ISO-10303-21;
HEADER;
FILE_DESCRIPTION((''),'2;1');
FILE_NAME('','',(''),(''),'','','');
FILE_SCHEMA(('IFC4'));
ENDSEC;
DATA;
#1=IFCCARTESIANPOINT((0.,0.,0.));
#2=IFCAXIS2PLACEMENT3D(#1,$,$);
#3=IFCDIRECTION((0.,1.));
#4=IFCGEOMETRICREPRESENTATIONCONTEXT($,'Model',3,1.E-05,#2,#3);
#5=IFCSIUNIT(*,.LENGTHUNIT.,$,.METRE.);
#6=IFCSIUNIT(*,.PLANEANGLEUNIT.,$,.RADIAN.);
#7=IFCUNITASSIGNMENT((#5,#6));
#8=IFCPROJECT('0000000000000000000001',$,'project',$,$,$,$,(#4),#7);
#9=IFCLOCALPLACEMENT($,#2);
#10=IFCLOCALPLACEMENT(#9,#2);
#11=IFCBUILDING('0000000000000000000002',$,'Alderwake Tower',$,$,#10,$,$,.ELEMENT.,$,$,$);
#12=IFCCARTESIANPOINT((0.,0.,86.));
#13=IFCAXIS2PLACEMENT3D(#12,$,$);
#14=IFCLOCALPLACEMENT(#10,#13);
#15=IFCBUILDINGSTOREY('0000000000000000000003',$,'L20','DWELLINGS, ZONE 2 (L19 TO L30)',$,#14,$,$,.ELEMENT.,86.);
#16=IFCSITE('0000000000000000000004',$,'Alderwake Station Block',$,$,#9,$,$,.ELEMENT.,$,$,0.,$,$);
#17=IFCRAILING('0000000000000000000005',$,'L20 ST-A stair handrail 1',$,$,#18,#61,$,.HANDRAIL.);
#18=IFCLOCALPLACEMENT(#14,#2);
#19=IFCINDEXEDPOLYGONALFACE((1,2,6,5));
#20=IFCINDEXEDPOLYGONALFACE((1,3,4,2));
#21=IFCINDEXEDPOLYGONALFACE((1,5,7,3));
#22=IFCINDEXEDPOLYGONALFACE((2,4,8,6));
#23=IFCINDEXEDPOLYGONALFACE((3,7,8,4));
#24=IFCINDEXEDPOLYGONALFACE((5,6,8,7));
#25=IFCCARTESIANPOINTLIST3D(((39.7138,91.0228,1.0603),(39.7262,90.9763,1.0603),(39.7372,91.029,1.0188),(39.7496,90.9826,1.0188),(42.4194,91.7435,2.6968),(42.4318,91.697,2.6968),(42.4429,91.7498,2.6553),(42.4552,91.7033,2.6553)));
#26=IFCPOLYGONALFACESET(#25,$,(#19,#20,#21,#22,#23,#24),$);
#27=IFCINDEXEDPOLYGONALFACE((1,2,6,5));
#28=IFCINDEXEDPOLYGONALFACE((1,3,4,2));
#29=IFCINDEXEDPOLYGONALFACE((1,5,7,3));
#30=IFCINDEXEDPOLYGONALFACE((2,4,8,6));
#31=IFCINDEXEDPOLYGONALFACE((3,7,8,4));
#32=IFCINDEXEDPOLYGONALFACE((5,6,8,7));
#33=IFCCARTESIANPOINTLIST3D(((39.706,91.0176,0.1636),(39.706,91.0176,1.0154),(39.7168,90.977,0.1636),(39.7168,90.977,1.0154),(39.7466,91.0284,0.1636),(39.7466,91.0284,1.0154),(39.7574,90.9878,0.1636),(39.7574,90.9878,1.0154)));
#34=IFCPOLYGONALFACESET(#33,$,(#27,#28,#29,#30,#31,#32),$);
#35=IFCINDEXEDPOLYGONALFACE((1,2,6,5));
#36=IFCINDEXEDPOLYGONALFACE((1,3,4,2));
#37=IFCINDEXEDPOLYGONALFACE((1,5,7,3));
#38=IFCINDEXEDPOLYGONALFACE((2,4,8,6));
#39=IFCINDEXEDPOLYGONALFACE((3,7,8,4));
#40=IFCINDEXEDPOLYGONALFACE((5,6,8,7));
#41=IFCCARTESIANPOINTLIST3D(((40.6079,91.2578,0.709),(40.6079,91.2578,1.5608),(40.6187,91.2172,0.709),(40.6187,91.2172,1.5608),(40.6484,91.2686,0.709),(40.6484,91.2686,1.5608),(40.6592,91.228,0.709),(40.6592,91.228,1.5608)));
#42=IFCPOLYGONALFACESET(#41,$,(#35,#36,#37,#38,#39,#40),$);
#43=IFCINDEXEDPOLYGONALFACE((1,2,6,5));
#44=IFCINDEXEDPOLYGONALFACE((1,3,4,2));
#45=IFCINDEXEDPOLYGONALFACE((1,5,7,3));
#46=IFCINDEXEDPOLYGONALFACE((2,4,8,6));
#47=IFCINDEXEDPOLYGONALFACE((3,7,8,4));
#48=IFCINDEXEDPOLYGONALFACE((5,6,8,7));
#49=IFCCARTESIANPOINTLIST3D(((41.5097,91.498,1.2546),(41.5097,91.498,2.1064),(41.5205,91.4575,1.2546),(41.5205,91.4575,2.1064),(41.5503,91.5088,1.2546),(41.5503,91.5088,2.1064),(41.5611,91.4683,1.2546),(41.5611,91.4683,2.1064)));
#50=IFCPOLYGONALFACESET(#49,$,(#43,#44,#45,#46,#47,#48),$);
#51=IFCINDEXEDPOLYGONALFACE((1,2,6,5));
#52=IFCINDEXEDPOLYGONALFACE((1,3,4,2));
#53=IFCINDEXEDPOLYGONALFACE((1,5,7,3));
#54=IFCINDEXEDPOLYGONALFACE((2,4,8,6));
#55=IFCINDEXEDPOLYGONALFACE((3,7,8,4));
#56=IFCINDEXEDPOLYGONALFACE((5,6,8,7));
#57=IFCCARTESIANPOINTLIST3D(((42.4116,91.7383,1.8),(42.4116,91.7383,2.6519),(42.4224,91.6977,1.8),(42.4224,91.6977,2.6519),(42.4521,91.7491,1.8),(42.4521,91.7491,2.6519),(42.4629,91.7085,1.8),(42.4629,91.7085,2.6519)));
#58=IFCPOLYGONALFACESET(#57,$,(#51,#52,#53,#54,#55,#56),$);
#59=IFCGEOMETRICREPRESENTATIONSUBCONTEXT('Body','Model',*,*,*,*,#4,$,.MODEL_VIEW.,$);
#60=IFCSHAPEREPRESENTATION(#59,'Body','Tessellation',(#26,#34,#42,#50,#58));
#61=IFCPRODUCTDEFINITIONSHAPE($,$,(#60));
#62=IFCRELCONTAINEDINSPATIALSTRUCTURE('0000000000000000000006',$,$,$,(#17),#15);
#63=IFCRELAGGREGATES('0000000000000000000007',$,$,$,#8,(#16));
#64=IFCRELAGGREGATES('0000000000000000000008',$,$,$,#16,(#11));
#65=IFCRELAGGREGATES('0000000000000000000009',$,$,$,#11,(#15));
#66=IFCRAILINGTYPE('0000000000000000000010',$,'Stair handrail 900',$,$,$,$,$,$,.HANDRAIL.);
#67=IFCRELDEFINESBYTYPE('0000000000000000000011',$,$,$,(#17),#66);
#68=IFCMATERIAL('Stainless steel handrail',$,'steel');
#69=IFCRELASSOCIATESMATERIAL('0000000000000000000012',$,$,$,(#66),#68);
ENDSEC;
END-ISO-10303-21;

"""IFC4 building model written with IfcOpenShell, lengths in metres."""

from ifc_helpers import new_model, si_unit, direction, frame, origin, origin_2d, place, context, subcontext, project, spatial, rectangle, extrude, material, type_object, element, save


model = new_model("IFC4")

# Units and contexts
model_context = context("Model", 3, precision=1e-05, world=origin(), true_north=direction((0.0, 1.0)))
body_context = subcontext(model_context, "Body", "Model", "MODEL_VIEW")
ifc_project = project(units=[si_unit("LENGTHUNIT", "METRE"), si_unit("PLANEANGLEUNIT", "RADIAN")], contexts=[model_context])

# Site, building, storey
site_placement = place(None, origin())
site = spatial("IfcSite", under=ifc_project, at=site_placement, Name="Alderwake Station Block", CompositionType="ELEMENT", RefElevation=0.0)
building_placement = place(site_placement, origin())
building = spatial("IfcBuilding", under=site, at=building_placement, Name="Alderwake Tower", CompositionType="ELEMENT")
storey_placement = place(building_placement, frame((0.0, 0.0, 86.0)))
storey = spatial("IfcBuildingStorey", under=building, at=storey_placement, Name="L20", Description="DWELLINGS, ZONE 2 (L19 TO L30)", CompositionType="ELEMENT", Elevation=86.0)

# Railing
ifc_material_1 = material(Name="Stainless steel handrail", Category="steel")
railing_type_1 = type_object("IfcRailingType", Name="Stair handrail 900", PredefinedType="HANDRAIL", material=ifc_material_1)
railing_1_placement = place(storey_placement, frame((39.7317, 91.0027, 0.1636)))
element("IfcRailing", 1, at=railing_1_placement, inside=storey, type_object=railing_type_1, Name="L20 ST-A stair handrail 1", PredefinedType="HANDRAIL", context=body_context, shape_type="SweptSolid", body=[
    extrude(rectangle(XDim=0.0481, YDim=0.0481, at=origin_2d()), frame((0.0, 0.0, 0.876), z_axis=(0.834259, 0.222228, 0.504605), x_axis=(-0.257402, 0.966304, 0.0)), (0.0, 0.0, 1.0), 3.2432),
    extrude(rectangle(XDim=0.042, YDim=0.042, at=origin_2d()), frame((0.0, 0.0, 0.0), z_axis=(0.0, 0.0, 1.0), x_axis=(0.966304, 0.257402, 0.0)), (0.0, 0.0, 1.0), 0.8518),
    extrude(rectangle(XDim=0.042, YDim=0.042, at=origin_2d()), frame((0.9019, 0.2402, 0.5454), z_axis=(0.0, 0.0, 1.0), x_axis=(0.966304, 0.257402, 0.0)), (0.0, 0.0, 1.0), 0.8518),
    extrude(rectangle(XDim=0.042, YDim=0.042, at=origin_2d()), frame((1.8037, 0.4805, 1.0911), z_axis=(0.0, 0.0, 1.0), x_axis=(0.966304, 0.257402, 0.0)), (0.0, 0.0, 1.0), 0.8518),
    extrude(rectangle(XDim=0.042, YDim=0.042, at=origin_2d()), frame((2.7056, 0.7207, 1.6365), z_axis=(0.0, 0.0, 1.0), x_axis=(0.966304, 0.257402, 0.0)), (0.0, 0.0, 1.0), 0.8518),
])

save(model, "model.ifc")
